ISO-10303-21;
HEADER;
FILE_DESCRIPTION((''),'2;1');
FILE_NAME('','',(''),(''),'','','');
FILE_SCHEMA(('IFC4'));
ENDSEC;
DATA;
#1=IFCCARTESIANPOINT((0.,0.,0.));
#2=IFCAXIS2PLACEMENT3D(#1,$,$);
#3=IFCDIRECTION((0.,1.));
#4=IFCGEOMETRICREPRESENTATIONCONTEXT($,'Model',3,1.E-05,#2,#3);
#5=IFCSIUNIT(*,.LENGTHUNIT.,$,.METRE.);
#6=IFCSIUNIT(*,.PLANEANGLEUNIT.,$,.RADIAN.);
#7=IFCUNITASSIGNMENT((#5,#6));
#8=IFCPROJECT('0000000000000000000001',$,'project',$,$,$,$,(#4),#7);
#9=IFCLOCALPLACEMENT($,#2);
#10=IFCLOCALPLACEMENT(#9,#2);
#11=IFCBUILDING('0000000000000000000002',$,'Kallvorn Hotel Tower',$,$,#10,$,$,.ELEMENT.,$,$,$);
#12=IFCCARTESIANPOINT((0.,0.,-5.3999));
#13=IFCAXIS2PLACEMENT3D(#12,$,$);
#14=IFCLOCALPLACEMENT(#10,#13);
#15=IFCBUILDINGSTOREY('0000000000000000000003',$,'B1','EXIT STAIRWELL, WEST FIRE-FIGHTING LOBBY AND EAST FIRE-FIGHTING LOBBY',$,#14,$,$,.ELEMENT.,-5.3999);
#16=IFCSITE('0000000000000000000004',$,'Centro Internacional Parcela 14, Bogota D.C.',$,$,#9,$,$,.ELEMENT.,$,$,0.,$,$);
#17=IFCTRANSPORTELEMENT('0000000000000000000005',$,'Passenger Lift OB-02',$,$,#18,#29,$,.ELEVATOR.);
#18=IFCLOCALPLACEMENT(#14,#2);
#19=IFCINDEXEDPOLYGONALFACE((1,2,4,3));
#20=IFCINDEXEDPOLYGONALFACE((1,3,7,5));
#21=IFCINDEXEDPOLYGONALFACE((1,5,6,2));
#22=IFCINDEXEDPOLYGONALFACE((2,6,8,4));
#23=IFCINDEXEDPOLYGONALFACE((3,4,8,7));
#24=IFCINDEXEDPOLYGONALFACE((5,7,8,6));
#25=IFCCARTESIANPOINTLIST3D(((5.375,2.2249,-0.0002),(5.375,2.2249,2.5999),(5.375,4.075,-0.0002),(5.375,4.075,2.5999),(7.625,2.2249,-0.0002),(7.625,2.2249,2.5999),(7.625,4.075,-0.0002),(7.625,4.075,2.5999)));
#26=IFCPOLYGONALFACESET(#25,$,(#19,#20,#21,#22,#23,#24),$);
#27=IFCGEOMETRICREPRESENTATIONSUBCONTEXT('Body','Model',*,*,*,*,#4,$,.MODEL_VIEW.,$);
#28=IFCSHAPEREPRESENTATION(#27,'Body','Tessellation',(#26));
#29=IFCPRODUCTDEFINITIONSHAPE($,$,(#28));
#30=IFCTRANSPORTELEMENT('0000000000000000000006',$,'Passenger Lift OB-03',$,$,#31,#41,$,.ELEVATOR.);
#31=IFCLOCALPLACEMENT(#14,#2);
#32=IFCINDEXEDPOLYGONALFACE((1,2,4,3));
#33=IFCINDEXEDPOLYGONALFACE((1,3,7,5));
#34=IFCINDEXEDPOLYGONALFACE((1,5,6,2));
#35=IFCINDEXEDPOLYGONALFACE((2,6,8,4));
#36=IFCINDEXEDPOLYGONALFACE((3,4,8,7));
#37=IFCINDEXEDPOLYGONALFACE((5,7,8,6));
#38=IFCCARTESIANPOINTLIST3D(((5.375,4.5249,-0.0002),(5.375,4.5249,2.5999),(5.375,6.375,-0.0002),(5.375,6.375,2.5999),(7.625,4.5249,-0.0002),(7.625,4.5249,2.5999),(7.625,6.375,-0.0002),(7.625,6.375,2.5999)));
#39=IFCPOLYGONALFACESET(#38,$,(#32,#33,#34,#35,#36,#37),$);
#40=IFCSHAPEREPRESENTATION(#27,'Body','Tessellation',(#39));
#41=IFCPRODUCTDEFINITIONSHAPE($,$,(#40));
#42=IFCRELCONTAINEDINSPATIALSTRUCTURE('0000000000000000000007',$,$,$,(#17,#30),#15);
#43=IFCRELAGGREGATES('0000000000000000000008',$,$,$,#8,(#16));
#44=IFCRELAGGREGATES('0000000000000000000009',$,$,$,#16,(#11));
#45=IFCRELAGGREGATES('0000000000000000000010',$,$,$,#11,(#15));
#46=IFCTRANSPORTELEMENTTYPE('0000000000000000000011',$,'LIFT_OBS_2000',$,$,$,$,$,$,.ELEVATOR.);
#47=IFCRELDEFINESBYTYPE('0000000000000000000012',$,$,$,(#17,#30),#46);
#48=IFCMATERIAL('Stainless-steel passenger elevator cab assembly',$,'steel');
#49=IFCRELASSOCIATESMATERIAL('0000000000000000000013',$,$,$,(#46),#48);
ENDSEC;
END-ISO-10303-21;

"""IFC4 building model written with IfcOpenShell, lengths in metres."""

from ifc_helpers import new_model, si_unit, direction, frame, origin, origin_2d, place, context, subcontext, project, spatial, rectangle, extrude, material, type_object, element, save


model = new_model("IFC4")

# Units and contexts
model_context = context("Model", 3, precision=1e-05, world=origin(), true_north=direction((0.0, 1.0)))
body_context = subcontext(model_context, "Body", "Model", "MODEL_VIEW")
ifc_project = project(units=[si_unit("LENGTHUNIT", "METRE"), si_unit("PLANEANGLEUNIT", "RADIAN")], contexts=[model_context])

# Site, building, storey
site_placement = place(None, origin())
site = spatial("IfcSite", under=ifc_project, at=site_placement, Name="Centro Internacional Parcela 14, Bogota D.C.", CompositionType="ELEMENT", RefElevation=0.0)
building_placement = place(site_placement, origin())
building = spatial("IfcBuilding", under=site, at=building_placement, Name="Kallvorn Hotel Tower", CompositionType="ELEMENT")
storey_placement = place(building_placement, frame((0.0, 0.0, -5.3999)))
storey = spatial("IfcBuildingStorey", under=building, at=storey_placement, Name="B1", Description="EXIT STAIRWELL, WEST FIRE-FIGHTING LOBBY AND EAST FIRE-FIGHTING LOBBY", CompositionType="ELEMENT", Elevation=-5.3999)

# Transport elements
ifc_material_1 = material(Name="Stainless-steel passenger elevator cab assembly", Category="steel")
transport_element_type = type_object("IfcTransportElementType", Name="LIFT_OBS_2000", PredefinedType="ELEVATOR", material=ifc_material_1)
for number, where, z_axis, x_axis, name in (
    (1, (6.5, 3.1499, -0.0002), (0.0, 0.0, 1.0), (1.0, 0.0, 0.0), "Passenger Lift OB-02"),
    (2, (6.5, 5.45, -0.0002), (0.0, 0.0, 1.0), (1.0, 0.0, 0.0), "Passenger Lift OB-03"),
):
    element("IfcTransportElement", number, at=place(storey_placement, frame(where, z_axis=z_axis, x_axis=x_axis)), inside=storey, type_object=transport_element_type, Name=name, PredefinedType="ELEVATOR", context=body_context, shape_type="SweptSolid", body=[
        extrude(rectangle(XDim=2.25, YDim=1.8501, at=origin_2d()), origin(), (0.0, 0.0, 1.0), 2.6001),
    ])

save(model, "model.ifc")
